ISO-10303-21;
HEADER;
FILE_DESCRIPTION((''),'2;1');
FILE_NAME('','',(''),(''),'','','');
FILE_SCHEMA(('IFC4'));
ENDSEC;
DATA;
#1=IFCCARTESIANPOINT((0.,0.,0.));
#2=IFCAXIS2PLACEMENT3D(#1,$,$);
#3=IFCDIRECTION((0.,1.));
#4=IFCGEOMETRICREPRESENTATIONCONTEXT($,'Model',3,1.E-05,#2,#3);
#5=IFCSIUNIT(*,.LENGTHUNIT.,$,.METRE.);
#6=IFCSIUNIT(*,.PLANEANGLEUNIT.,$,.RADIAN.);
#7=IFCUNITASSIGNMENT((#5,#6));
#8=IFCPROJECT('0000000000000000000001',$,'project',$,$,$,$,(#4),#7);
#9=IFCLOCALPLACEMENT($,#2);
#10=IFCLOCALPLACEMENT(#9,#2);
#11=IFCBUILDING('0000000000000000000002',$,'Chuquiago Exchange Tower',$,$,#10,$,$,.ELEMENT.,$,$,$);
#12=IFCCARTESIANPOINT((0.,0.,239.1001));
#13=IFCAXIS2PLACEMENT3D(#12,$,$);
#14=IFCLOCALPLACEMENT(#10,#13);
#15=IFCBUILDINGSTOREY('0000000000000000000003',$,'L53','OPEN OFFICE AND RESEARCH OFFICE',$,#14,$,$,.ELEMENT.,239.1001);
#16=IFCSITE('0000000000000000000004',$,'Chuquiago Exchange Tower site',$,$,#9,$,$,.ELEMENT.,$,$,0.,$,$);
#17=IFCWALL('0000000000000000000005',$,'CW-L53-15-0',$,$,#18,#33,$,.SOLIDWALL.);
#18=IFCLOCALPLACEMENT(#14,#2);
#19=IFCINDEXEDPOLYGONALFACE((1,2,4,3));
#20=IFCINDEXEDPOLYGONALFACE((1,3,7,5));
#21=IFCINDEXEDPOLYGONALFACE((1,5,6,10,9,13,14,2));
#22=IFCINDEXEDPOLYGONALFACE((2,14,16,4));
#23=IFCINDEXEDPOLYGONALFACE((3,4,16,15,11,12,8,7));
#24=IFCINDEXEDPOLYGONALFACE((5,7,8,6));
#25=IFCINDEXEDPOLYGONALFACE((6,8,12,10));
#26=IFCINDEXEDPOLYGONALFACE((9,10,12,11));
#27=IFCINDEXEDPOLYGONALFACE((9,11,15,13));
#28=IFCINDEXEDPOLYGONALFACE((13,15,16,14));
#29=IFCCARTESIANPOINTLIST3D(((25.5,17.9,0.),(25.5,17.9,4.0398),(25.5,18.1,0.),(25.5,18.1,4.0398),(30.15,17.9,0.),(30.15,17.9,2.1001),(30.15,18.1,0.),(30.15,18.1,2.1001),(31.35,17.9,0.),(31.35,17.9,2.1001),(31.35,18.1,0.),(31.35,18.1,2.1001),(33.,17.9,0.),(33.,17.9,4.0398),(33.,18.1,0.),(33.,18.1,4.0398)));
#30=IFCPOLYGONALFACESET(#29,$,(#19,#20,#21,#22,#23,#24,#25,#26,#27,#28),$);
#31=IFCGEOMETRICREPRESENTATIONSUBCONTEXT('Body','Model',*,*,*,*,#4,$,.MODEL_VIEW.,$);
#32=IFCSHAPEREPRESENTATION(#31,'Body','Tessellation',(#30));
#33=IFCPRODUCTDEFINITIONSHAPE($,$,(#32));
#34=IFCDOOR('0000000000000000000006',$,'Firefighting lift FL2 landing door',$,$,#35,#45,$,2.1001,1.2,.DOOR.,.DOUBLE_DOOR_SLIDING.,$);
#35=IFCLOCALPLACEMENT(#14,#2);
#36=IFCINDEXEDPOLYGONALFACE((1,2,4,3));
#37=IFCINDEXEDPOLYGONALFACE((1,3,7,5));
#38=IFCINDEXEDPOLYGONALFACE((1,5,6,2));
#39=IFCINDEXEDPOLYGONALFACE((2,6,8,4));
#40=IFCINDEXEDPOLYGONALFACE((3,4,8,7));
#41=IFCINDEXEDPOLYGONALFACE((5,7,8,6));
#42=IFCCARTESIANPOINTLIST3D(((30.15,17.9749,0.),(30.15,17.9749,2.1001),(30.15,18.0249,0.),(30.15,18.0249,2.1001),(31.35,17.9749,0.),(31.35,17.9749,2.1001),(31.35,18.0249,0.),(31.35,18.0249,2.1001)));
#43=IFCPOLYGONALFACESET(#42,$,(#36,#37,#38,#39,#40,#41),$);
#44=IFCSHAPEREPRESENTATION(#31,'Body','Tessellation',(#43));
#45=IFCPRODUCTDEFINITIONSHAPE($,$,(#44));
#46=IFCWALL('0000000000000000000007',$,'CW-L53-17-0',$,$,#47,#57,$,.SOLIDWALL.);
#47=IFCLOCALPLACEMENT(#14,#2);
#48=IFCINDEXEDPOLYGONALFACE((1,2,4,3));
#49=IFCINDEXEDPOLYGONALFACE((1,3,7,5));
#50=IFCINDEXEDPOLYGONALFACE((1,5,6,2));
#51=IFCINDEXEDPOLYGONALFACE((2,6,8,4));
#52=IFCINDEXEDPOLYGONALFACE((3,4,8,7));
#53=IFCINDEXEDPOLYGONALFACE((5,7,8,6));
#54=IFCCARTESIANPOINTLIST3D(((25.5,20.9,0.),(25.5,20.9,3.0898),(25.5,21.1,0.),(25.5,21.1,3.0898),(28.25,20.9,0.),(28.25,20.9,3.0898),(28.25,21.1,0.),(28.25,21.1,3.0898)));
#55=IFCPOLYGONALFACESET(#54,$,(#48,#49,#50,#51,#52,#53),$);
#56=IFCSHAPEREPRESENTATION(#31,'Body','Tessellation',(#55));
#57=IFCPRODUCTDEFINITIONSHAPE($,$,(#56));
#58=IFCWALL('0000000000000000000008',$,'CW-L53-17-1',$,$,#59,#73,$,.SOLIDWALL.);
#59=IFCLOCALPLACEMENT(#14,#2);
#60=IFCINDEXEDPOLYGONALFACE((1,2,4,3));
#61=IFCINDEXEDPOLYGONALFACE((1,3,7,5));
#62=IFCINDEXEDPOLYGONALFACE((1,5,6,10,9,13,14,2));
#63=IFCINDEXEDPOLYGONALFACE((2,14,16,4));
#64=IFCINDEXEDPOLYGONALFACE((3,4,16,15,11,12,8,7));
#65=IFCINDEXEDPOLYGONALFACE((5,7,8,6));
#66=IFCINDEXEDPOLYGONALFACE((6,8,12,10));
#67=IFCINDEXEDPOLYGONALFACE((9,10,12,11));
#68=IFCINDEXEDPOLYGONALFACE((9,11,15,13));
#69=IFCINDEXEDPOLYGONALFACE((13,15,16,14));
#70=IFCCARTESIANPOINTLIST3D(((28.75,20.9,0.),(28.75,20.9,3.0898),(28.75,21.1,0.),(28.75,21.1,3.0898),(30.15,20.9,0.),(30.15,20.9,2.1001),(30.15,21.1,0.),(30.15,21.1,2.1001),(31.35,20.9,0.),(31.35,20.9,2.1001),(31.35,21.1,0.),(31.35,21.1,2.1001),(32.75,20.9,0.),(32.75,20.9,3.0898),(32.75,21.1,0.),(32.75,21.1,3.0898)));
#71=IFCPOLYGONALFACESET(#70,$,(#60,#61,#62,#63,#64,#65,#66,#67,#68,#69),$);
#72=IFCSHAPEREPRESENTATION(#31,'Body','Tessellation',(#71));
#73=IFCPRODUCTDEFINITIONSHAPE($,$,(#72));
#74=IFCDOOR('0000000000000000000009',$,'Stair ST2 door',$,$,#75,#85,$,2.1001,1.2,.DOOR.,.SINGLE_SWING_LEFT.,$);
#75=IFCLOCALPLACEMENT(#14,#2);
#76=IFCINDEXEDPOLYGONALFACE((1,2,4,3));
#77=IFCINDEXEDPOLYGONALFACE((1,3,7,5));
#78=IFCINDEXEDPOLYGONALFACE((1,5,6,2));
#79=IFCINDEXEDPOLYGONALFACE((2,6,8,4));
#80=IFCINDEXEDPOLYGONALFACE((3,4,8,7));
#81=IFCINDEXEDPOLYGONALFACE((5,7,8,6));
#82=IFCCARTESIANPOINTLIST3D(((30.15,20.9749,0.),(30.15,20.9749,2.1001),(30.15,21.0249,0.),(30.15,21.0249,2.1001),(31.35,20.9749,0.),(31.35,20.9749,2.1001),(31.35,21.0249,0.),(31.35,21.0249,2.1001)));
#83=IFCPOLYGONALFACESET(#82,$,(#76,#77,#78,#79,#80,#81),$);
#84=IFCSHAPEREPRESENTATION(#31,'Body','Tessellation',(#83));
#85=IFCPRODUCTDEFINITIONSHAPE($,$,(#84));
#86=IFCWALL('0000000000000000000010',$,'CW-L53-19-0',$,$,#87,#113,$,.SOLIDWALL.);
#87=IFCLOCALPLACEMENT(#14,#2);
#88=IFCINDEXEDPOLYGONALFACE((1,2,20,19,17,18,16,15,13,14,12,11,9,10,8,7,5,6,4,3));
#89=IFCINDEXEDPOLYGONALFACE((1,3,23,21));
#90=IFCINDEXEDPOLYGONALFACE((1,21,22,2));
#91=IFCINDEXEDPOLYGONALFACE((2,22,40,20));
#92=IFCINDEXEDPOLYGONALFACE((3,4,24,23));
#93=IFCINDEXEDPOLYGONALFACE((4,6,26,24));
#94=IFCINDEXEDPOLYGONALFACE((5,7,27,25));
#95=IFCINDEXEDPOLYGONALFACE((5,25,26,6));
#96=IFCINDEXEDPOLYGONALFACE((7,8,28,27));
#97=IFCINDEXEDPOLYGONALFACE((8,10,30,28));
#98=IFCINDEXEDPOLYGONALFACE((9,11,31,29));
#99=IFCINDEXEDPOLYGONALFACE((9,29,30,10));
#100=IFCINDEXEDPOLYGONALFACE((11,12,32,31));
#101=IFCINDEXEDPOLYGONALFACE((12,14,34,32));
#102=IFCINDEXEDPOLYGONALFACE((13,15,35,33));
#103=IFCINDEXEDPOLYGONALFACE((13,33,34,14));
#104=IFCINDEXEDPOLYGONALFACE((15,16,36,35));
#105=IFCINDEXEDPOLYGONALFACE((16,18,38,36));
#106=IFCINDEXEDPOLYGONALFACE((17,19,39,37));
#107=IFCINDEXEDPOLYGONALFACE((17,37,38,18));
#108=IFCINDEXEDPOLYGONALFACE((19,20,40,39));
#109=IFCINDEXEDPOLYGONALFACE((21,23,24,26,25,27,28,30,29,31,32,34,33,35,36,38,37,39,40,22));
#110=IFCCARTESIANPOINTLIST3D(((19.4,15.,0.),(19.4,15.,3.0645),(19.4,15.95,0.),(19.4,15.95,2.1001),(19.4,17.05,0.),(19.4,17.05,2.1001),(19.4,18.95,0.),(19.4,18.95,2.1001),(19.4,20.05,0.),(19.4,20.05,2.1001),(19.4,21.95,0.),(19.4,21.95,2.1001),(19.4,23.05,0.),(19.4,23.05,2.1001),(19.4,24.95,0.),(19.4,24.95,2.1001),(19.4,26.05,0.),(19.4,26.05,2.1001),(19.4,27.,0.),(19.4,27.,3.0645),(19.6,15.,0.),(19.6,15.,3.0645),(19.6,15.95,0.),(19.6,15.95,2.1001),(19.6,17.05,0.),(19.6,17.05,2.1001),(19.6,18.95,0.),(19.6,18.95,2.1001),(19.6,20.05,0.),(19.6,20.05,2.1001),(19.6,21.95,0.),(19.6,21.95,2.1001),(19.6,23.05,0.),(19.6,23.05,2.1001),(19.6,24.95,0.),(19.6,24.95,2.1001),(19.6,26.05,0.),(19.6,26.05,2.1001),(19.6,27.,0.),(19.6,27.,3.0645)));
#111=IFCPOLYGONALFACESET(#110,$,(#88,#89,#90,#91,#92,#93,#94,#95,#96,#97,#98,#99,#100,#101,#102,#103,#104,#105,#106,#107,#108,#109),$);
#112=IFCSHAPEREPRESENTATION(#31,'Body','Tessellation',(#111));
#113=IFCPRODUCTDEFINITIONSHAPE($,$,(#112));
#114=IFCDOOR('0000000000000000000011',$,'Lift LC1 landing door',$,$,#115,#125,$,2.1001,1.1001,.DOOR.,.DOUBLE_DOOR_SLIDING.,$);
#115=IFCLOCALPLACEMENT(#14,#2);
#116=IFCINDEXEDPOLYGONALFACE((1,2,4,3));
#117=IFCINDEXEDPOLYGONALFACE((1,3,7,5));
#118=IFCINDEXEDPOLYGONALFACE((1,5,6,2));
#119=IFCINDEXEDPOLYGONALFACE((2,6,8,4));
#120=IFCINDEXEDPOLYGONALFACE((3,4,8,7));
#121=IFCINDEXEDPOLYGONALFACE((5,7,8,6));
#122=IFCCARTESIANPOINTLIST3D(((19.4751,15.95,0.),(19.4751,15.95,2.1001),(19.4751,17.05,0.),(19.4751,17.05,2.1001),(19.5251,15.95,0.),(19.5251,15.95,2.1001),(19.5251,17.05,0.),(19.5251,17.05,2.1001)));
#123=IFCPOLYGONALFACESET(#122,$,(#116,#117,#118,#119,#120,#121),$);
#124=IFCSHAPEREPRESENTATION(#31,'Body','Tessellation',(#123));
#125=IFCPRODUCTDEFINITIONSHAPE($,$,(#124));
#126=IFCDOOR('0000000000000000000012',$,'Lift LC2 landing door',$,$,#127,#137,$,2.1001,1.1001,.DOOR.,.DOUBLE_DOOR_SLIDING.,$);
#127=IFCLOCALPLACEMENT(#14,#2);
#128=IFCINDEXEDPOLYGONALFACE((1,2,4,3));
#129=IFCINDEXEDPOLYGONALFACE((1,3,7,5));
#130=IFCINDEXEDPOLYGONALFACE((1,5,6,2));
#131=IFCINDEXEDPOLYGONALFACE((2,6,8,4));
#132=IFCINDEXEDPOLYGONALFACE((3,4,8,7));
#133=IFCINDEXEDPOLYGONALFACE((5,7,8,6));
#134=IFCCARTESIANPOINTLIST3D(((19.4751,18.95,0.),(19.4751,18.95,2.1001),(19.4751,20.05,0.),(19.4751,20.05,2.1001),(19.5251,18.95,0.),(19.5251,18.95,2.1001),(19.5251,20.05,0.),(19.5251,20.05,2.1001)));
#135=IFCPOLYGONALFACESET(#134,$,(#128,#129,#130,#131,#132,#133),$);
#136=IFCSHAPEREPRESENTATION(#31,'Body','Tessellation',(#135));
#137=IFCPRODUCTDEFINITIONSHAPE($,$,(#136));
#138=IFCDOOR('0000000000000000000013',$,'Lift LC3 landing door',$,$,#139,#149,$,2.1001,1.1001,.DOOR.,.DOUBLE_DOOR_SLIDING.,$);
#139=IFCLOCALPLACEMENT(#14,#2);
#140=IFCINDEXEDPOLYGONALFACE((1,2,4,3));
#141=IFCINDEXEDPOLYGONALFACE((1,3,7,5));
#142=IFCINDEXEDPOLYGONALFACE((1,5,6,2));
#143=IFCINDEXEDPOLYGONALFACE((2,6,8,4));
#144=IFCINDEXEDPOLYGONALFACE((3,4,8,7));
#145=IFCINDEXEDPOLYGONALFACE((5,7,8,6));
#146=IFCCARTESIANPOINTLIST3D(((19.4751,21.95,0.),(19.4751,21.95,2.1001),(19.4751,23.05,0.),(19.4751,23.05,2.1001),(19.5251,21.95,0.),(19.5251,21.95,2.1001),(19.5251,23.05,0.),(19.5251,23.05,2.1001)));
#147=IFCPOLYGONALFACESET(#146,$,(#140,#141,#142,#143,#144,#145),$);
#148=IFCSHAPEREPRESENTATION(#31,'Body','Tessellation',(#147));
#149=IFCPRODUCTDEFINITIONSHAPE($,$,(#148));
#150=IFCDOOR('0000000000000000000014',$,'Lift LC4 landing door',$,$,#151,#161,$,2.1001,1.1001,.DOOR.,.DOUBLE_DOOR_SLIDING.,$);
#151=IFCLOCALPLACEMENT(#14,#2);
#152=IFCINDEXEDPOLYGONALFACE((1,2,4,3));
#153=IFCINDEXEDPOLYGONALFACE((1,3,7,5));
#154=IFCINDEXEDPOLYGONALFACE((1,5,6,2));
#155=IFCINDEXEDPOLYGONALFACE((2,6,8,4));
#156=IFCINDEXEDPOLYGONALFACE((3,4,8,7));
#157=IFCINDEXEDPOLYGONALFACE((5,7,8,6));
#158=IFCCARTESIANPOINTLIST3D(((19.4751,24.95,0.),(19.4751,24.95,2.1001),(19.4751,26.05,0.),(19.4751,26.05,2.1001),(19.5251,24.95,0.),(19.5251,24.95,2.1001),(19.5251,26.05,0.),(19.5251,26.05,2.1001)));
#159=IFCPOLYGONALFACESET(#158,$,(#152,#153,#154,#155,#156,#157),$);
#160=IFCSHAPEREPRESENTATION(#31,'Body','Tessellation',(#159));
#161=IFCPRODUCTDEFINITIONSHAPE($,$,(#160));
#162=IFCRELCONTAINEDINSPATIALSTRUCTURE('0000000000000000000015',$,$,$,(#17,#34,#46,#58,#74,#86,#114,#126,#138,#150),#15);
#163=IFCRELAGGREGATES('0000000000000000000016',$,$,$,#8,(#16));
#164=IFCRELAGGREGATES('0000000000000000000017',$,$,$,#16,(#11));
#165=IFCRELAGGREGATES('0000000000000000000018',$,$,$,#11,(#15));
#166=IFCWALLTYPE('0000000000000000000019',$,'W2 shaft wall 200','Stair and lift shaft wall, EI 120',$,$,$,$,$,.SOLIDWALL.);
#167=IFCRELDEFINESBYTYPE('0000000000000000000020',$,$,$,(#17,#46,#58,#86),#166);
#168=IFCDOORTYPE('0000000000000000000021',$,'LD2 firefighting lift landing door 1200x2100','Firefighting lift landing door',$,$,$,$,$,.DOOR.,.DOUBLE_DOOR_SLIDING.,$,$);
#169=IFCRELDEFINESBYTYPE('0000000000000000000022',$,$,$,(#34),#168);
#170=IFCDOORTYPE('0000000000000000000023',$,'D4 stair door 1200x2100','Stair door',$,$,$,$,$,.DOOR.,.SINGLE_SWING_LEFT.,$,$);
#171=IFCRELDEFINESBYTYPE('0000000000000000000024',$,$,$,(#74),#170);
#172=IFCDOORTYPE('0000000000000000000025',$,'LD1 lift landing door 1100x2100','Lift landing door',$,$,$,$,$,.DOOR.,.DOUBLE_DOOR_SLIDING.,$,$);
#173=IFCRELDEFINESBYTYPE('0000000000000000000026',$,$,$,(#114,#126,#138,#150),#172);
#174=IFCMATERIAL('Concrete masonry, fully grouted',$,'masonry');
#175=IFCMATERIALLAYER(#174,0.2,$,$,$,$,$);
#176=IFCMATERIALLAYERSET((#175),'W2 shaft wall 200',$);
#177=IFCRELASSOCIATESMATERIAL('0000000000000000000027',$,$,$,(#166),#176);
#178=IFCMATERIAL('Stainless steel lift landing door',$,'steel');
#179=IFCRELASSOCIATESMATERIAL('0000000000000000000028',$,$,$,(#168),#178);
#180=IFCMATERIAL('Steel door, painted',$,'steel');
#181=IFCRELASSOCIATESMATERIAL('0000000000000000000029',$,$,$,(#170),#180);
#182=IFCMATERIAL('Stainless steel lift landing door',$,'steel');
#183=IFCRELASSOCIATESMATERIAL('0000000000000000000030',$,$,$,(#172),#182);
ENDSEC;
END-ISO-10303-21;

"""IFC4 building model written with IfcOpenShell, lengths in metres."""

from ifc_helpers import new_model, si_unit, direction, frame, frame_2d, origin, place, context, subcontext, project, spatial, rectangle, extrude, material, layer, layer_set, type_object, element, fill, save


model = new_model("IFC4")

# Units and contexts
model_context = context("Model", 3, precision=1e-05, world=origin(), true_north=direction((0.0, 1.0)))
body_context = subcontext(model_context, "Body", "Model", "MODEL_VIEW")
ifc_project = project(units=[si_unit("LENGTHUNIT", "METRE"), si_unit("PLANEANGLEUNIT", "RADIAN")], contexts=[model_context])

# Site, building, storey
site_placement = place(None, origin())
site = spatial("IfcSite", under=ifc_project, at=site_placement, Name="Chuquiago Exchange Tower site", CompositionType="ELEMENT", RefElevation=0.0)
building_placement = place(site_placement, origin())
building = spatial("IfcBuilding", under=site, at=building_placement, Name="Chuquiago Exchange Tower", CompositionType="ELEMENT")
storey_placement = place(building_placement, frame((0.0, 0.0, 239.1001)))
storey = spatial("IfcBuildingStorey", under=building, at=storey_placement, Name="L53", Description="OPEN OFFICE AND RESEARCH OFFICE", CompositionType="ELEMENT", Elevation=239.1001)

# Shared definitions
ifc_material_1 = material(Name="Concrete masonry, fully grouted", Category="masonry")
ifc_layer_1 = layer(ifc_material_1, 0.2)
ifc_layer_set_1 = layer_set([ifc_layer_1], Name="W2 shaft wall 200")
wall_type_1 = type_object("IfcWallType", Name="W2 shaft wall 200", Description="Stair and lift shaft wall, EI 120", PredefinedType="SOLIDWALL", material=ifc_layer_set_1)

# Wall, opening, door
wall_1_placement = place(storey_placement, frame((25.5, 18.0, 0.0), z_axis=(0.0, 0.0, 1.0), x_axis=(1.0, 0.0, 0.0)))
wall_1 = element("IfcWall", 1, at=wall_1_placement, inside=storey, type_object=wall_type_1, Name="CW-L53-15-0", PredefinedType="SOLIDWALL", context=body_context, shape_type="SweptSolid", body=[
    extrude(rectangle(XDim=7.5, YDim=0.2, at=frame_2d((3.75, 0.0))), origin(), (0.0, 0.0, 1.0), 4.0398),
])
opening_1_placement = place(wall_1_placement, frame((4.6499, 0.0, 0.0)))
opening_1 = element("IfcOpeningElement", 2, at=opening_1_placement, cuts=wall_1, PredefinedType="OPENING", context=body_context, shape_type="SweptSolid", body=[
    extrude(rectangle(XDim=1.2, YDim=2.1001, at=frame_2d((0.6001, 1.05))), frame((0.0, 0.1099, 0.0), z_axis=(0.0, -1.0, 0.0), x_axis=(1.0, 0.0, 0.0)), (0.0, 0.0, 1.0), 0.22),
])
ifc_material_2 = material(Name="Stainless steel lift landing door", Category="steel")
door_type_1 = type_object("IfcDoorType", Name="LD2 firefighting lift landing door 1200x2100", Description="Firefighting lift landing door", OperationType="DOUBLE_DOOR_SLIDING", PredefinedType="DOOR", material=ifc_material_2)
door_1_placement = place(opening_1_placement, origin())
door_1 = element("IfcDoor", 3, at=door_1_placement, inside=storey, type_object=door_type_1, Name="Firefighting lift FL2 landing door", OperationType="DOUBLE_DOOR_SLIDING", OverallHeight=2.1001, OverallWidth=1.2, PredefinedType="DOOR", context=body_context, shape_type="SweptSolid", body=[
    extrude(rectangle(XDim=1.2, YDim=2.1001, at=frame_2d((0.6001, 1.05))), frame((0.0, 0.0249, 0.0), z_axis=(0.0, -1.0, 0.0), x_axis=(1.0, 0.0, 0.0)), (0.0, 0.0, 1.0), 0.05),
])
fill(opening_1, door_1)

# Wall
wall_2_placement = place(storey_placement, frame((25.5, 21.0, 0.0), z_axis=(0.0, 0.0, 1.0), x_axis=(1.0, 0.0, 0.0)))
element("IfcWall", 4, at=wall_2_placement, inside=storey, type_object=wall_type_1, Name="CW-L53-17-0", PredefinedType="SOLIDWALL", context=body_context, shape_type="SweptSolid", body=[
    extrude(rectangle(XDim=2.75, YDim=0.2, at=frame_2d((1.375, 0.0))), origin(), (0.0, 0.0, 1.0), 3.0898),
])

# Wall, opening, door
wall_3_placement = place(storey_placement, frame((28.75, 21.0, 0.0), z_axis=(0.0, 0.0, 1.0), x_axis=(1.0, 0.0, 0.0)))
wall_3 = element("IfcWall", 5, at=wall_3_placement, inside=storey, type_object=wall_type_1, Name="CW-L53-17-1", PredefinedType="SOLIDWALL", context=body_context, shape_type="SweptSolid", body=[
    extrude(rectangle(XDim=4.0, YDim=0.2, at=frame_2d((2.0, 0.0))), origin(), (0.0, 0.0, 1.0), 3.0898),
])
opening_2_placement = place(wall_3_placement, frame((1.3999, 0.0, 0.0)))
opening_2 = element("IfcOpeningElement", 6, at=opening_2_placement, cuts=wall_3, PredefinedType="OPENING", context=body_context, shape_type="SweptSolid", body=[
    extrude(rectangle(XDim=1.2, YDim=2.1001, at=frame_2d((0.6001, 1.05))), frame((0.0, 0.1099, 0.0), z_axis=(0.0, -1.0, 0.0), x_axis=(1.0, 0.0, 0.0)), (0.0, 0.0, 1.0), 0.22),
])
ifc_material_3 = material(Name="Steel door, painted", Category="steel")
door_type_2 = type_object("IfcDoorType", Name="D4 stair door 1200x2100", Description="Stair door", OperationType="SINGLE_SWING_LEFT", PredefinedType="DOOR", material=ifc_material_3)
door_2_placement = place(opening_2_placement, origin())
door_2 = element("IfcDoor", 7, at=door_2_placement, inside=storey, type_object=door_type_2, Name="Stair ST2 door", OperationType="SINGLE_SWING_LEFT", OverallHeight=2.1001, OverallWidth=1.2, PredefinedType="DOOR", context=body_context, shape_type="SweptSolid", body=[
    extrude(rectangle(XDim=1.2, YDim=2.1001, at=frame_2d((0.6001, 1.05))), frame((0.0, 0.0249, 0.0), z_axis=(0.0, -1.0, 0.0), x_axis=(1.0, 0.0, 0.0)), (0.0, 0.0, 1.0), 0.05),
])
fill(opening_2, door_2)

# Wall, openings, doors
wall_4_placement = place(storey_placement, frame((19.5, 15.0, 0.0), z_axis=(0.0, 0.0, 1.0), x_axis=(0.0, 1.0, 0.0)))
wall_4 = element("IfcWall", 8, at=wall_4_placement, inside=storey, type_object=wall_type_1, Name="CW-L53-19-0", PredefinedType="SOLIDWALL", context=body_context, shape_type="SweptSolid", body=[
    extrude(rectangle(XDim=12.0, YDim=0.2, at=frame_2d((6.0, 0.0))), origin(), (0.0, 0.0, 1.0), 3.0645),
])
opening_3_placement = place(wall_4_placement, frame((0.95, 0.0, 0.0)))
opening_3 = element("IfcOpeningElement", 9, at=opening_3_placement, cuts=wall_4, PredefinedType="OPENING", context=body_context, shape_type="SweptSolid", body=[
    extrude(rectangle(XDim=1.1001, YDim=2.1001, at=frame_2d((0.55, 1.05))), frame((0.0, 0.1099, 0.0), z_axis=(0.0, -1.0, 0.0), x_axis=(1.0, 0.0, 0.0)), (0.0, 0.0, 1.0), 0.22),
])
opening_4_placement = place(wall_4_placement, frame((3.95, 0.0, 0.0)))
opening_4 = element("IfcOpeningElement", 10, at=opening_4_placement, cuts=wall_4, PredefinedType="OPENING", context=body_context, shape_type="SweptSolid", body=[
    extrude(rectangle(XDim=1.1001, YDim=2.1001, at=frame_2d((0.55, 1.05))), frame((0.0, 0.1099, 0.0), z_axis=(0.0, -1.0, 0.0), x_axis=(1.0, 0.0, 0.0)), (0.0, 0.0, 1.0), 0.22),
])
opening_5_placement = place(wall_4_placement, frame((6.95, 0.0, 0.0)))
opening_5 = element("IfcOpeningElement", 11, at=opening_5_placement, cuts=wall_4, PredefinedType="OPENING", context=body_context, shape_type="SweptSolid", body=[
    extrude(rectangle(XDim=1.1001, YDim=2.1001, at=frame_2d((0.55, 1.05))), frame((0.0, 0.1099, 0.0), z_axis=(0.0, -1.0, 0.0), x_axis=(1.0, 0.0, 0.0)), (0.0, 0.0, 1.0), 0.22),
])
opening_6_placement = place(wall_4_placement, frame((9.95, 0.0, 0.0)))
opening_6 = element("IfcOpeningElement", 12, at=opening_6_placement, cuts=wall_4, PredefinedType="OPENING", context=body_context, shape_type="SweptSolid", body=[
    extrude(rectangle(XDim=1.1001, YDim=2.1001, at=frame_2d((0.55, 1.05))), frame((0.0, 0.1099, 0.0), z_axis=(0.0, -1.0, 0.0), x_axis=(1.0, 0.0, 0.0)), (0.0, 0.0, 1.0), 0.22),
])
ifc_material_4 = material(Name="Stainless steel lift landing door", Category="steel")
door_type_3 = type_object("IfcDoorType", Name="LD1 lift landing door 1100x2100", Description="Lift landing door", OperationType="DOUBLE_DOOR_SLIDING", PredefinedType="DOOR", material=ifc_material_4)
door_3_placement = place(opening_3_placement, origin())
door_3 = element("IfcDoor", 13, at=door_3_placement, inside=storey, type_object=door_type_3, Name="Lift LC1 landing door", OperationType="DOUBLE_DOOR_SLIDING", OverallHeight=2.1001, OverallWidth=1.1001, PredefinedType="DOOR", context=body_context, shape_type="SweptSolid", body=[
    extrude(rectangle(XDim=1.1001, YDim=2.1001, at=frame_2d((0.55, 1.05))), frame((0.0, 0.0249, 0.0), z_axis=(0.0, -1.0, 0.0), x_axis=(1.0, 0.0, 0.0)), (0.0, 0.0, 1.0), 0.05),
])
fill(opening_3, door_3)
door_4_placement = place(opening_4_placement, origin())
door_4 = element("IfcDoor", 14, at=door_4_placement, inside=storey, type_object=door_type_3, Name="Lift LC2 landing door", OperationType="DOUBLE_DOOR_SLIDING", OverallHeight=2.1001, OverallWidth=1.1001, PredefinedType="DOOR", context=body_context, shape_type="SweptSolid", body=[
    extrude(rectangle(XDim=1.1001, YDim=2.1001, at=frame_2d((0.55, 1.05))), frame((0.0, 0.0249, 0.0), z_axis=(0.0, -1.0, 0.0), x_axis=(1.0, 0.0, 0.0)), (0.0, 0.0, 1.0), 0.05),
])
fill(opening_4, door_4)
door_5_placement = place(opening_5_placement, origin())
door_5 = element("IfcDoor", 15, at=door_5_placement, inside=storey, type_object=door_type_3, Name="Lift LC3 landing door", OperationType="DOUBLE_DOOR_SLIDING", OverallHeight=2.1001, OverallWidth=1.1001, PredefinedType="DOOR", context=body_context, shape_type="SweptSolid", body=[
    extrude(rectangle(XDim=1.1001, YDim=2.1001, at=frame_2d((0.55, 1.05))), frame((0.0, 0.0249, 0.0), z_axis=(0.0, -1.0, 0.0), x_axis=(1.0, 0.0, 0.0)), (0.0, 0.0, 1.0), 0.05),
])
fill(opening_5, door_5)
door_6_placement = place(opening_6_placement, origin())
door_6 = element("IfcDoor", 16, at=door_6_placement, inside=storey, type_object=door_type_3, Name="Lift LC4 landing door", OperationType="DOUBLE_DOOR_SLIDING", OverallHeight=2.1001, OverallWidth=1.1001, PredefinedType="DOOR", context=body_context, shape_type="SweptSolid", body=[
    extrude(rectangle(XDim=1.1001, YDim=2.1001, at=frame_2d((0.55, 1.05))), frame((0.0, 0.0249, 0.0), z_axis=(0.0, -1.0, 0.0), x_axis=(1.0, 0.0, 0.0)), (0.0, 0.0, 1.0), 0.05),
])
fill(opening_6, door_6)

save(model, "model.ifc")
